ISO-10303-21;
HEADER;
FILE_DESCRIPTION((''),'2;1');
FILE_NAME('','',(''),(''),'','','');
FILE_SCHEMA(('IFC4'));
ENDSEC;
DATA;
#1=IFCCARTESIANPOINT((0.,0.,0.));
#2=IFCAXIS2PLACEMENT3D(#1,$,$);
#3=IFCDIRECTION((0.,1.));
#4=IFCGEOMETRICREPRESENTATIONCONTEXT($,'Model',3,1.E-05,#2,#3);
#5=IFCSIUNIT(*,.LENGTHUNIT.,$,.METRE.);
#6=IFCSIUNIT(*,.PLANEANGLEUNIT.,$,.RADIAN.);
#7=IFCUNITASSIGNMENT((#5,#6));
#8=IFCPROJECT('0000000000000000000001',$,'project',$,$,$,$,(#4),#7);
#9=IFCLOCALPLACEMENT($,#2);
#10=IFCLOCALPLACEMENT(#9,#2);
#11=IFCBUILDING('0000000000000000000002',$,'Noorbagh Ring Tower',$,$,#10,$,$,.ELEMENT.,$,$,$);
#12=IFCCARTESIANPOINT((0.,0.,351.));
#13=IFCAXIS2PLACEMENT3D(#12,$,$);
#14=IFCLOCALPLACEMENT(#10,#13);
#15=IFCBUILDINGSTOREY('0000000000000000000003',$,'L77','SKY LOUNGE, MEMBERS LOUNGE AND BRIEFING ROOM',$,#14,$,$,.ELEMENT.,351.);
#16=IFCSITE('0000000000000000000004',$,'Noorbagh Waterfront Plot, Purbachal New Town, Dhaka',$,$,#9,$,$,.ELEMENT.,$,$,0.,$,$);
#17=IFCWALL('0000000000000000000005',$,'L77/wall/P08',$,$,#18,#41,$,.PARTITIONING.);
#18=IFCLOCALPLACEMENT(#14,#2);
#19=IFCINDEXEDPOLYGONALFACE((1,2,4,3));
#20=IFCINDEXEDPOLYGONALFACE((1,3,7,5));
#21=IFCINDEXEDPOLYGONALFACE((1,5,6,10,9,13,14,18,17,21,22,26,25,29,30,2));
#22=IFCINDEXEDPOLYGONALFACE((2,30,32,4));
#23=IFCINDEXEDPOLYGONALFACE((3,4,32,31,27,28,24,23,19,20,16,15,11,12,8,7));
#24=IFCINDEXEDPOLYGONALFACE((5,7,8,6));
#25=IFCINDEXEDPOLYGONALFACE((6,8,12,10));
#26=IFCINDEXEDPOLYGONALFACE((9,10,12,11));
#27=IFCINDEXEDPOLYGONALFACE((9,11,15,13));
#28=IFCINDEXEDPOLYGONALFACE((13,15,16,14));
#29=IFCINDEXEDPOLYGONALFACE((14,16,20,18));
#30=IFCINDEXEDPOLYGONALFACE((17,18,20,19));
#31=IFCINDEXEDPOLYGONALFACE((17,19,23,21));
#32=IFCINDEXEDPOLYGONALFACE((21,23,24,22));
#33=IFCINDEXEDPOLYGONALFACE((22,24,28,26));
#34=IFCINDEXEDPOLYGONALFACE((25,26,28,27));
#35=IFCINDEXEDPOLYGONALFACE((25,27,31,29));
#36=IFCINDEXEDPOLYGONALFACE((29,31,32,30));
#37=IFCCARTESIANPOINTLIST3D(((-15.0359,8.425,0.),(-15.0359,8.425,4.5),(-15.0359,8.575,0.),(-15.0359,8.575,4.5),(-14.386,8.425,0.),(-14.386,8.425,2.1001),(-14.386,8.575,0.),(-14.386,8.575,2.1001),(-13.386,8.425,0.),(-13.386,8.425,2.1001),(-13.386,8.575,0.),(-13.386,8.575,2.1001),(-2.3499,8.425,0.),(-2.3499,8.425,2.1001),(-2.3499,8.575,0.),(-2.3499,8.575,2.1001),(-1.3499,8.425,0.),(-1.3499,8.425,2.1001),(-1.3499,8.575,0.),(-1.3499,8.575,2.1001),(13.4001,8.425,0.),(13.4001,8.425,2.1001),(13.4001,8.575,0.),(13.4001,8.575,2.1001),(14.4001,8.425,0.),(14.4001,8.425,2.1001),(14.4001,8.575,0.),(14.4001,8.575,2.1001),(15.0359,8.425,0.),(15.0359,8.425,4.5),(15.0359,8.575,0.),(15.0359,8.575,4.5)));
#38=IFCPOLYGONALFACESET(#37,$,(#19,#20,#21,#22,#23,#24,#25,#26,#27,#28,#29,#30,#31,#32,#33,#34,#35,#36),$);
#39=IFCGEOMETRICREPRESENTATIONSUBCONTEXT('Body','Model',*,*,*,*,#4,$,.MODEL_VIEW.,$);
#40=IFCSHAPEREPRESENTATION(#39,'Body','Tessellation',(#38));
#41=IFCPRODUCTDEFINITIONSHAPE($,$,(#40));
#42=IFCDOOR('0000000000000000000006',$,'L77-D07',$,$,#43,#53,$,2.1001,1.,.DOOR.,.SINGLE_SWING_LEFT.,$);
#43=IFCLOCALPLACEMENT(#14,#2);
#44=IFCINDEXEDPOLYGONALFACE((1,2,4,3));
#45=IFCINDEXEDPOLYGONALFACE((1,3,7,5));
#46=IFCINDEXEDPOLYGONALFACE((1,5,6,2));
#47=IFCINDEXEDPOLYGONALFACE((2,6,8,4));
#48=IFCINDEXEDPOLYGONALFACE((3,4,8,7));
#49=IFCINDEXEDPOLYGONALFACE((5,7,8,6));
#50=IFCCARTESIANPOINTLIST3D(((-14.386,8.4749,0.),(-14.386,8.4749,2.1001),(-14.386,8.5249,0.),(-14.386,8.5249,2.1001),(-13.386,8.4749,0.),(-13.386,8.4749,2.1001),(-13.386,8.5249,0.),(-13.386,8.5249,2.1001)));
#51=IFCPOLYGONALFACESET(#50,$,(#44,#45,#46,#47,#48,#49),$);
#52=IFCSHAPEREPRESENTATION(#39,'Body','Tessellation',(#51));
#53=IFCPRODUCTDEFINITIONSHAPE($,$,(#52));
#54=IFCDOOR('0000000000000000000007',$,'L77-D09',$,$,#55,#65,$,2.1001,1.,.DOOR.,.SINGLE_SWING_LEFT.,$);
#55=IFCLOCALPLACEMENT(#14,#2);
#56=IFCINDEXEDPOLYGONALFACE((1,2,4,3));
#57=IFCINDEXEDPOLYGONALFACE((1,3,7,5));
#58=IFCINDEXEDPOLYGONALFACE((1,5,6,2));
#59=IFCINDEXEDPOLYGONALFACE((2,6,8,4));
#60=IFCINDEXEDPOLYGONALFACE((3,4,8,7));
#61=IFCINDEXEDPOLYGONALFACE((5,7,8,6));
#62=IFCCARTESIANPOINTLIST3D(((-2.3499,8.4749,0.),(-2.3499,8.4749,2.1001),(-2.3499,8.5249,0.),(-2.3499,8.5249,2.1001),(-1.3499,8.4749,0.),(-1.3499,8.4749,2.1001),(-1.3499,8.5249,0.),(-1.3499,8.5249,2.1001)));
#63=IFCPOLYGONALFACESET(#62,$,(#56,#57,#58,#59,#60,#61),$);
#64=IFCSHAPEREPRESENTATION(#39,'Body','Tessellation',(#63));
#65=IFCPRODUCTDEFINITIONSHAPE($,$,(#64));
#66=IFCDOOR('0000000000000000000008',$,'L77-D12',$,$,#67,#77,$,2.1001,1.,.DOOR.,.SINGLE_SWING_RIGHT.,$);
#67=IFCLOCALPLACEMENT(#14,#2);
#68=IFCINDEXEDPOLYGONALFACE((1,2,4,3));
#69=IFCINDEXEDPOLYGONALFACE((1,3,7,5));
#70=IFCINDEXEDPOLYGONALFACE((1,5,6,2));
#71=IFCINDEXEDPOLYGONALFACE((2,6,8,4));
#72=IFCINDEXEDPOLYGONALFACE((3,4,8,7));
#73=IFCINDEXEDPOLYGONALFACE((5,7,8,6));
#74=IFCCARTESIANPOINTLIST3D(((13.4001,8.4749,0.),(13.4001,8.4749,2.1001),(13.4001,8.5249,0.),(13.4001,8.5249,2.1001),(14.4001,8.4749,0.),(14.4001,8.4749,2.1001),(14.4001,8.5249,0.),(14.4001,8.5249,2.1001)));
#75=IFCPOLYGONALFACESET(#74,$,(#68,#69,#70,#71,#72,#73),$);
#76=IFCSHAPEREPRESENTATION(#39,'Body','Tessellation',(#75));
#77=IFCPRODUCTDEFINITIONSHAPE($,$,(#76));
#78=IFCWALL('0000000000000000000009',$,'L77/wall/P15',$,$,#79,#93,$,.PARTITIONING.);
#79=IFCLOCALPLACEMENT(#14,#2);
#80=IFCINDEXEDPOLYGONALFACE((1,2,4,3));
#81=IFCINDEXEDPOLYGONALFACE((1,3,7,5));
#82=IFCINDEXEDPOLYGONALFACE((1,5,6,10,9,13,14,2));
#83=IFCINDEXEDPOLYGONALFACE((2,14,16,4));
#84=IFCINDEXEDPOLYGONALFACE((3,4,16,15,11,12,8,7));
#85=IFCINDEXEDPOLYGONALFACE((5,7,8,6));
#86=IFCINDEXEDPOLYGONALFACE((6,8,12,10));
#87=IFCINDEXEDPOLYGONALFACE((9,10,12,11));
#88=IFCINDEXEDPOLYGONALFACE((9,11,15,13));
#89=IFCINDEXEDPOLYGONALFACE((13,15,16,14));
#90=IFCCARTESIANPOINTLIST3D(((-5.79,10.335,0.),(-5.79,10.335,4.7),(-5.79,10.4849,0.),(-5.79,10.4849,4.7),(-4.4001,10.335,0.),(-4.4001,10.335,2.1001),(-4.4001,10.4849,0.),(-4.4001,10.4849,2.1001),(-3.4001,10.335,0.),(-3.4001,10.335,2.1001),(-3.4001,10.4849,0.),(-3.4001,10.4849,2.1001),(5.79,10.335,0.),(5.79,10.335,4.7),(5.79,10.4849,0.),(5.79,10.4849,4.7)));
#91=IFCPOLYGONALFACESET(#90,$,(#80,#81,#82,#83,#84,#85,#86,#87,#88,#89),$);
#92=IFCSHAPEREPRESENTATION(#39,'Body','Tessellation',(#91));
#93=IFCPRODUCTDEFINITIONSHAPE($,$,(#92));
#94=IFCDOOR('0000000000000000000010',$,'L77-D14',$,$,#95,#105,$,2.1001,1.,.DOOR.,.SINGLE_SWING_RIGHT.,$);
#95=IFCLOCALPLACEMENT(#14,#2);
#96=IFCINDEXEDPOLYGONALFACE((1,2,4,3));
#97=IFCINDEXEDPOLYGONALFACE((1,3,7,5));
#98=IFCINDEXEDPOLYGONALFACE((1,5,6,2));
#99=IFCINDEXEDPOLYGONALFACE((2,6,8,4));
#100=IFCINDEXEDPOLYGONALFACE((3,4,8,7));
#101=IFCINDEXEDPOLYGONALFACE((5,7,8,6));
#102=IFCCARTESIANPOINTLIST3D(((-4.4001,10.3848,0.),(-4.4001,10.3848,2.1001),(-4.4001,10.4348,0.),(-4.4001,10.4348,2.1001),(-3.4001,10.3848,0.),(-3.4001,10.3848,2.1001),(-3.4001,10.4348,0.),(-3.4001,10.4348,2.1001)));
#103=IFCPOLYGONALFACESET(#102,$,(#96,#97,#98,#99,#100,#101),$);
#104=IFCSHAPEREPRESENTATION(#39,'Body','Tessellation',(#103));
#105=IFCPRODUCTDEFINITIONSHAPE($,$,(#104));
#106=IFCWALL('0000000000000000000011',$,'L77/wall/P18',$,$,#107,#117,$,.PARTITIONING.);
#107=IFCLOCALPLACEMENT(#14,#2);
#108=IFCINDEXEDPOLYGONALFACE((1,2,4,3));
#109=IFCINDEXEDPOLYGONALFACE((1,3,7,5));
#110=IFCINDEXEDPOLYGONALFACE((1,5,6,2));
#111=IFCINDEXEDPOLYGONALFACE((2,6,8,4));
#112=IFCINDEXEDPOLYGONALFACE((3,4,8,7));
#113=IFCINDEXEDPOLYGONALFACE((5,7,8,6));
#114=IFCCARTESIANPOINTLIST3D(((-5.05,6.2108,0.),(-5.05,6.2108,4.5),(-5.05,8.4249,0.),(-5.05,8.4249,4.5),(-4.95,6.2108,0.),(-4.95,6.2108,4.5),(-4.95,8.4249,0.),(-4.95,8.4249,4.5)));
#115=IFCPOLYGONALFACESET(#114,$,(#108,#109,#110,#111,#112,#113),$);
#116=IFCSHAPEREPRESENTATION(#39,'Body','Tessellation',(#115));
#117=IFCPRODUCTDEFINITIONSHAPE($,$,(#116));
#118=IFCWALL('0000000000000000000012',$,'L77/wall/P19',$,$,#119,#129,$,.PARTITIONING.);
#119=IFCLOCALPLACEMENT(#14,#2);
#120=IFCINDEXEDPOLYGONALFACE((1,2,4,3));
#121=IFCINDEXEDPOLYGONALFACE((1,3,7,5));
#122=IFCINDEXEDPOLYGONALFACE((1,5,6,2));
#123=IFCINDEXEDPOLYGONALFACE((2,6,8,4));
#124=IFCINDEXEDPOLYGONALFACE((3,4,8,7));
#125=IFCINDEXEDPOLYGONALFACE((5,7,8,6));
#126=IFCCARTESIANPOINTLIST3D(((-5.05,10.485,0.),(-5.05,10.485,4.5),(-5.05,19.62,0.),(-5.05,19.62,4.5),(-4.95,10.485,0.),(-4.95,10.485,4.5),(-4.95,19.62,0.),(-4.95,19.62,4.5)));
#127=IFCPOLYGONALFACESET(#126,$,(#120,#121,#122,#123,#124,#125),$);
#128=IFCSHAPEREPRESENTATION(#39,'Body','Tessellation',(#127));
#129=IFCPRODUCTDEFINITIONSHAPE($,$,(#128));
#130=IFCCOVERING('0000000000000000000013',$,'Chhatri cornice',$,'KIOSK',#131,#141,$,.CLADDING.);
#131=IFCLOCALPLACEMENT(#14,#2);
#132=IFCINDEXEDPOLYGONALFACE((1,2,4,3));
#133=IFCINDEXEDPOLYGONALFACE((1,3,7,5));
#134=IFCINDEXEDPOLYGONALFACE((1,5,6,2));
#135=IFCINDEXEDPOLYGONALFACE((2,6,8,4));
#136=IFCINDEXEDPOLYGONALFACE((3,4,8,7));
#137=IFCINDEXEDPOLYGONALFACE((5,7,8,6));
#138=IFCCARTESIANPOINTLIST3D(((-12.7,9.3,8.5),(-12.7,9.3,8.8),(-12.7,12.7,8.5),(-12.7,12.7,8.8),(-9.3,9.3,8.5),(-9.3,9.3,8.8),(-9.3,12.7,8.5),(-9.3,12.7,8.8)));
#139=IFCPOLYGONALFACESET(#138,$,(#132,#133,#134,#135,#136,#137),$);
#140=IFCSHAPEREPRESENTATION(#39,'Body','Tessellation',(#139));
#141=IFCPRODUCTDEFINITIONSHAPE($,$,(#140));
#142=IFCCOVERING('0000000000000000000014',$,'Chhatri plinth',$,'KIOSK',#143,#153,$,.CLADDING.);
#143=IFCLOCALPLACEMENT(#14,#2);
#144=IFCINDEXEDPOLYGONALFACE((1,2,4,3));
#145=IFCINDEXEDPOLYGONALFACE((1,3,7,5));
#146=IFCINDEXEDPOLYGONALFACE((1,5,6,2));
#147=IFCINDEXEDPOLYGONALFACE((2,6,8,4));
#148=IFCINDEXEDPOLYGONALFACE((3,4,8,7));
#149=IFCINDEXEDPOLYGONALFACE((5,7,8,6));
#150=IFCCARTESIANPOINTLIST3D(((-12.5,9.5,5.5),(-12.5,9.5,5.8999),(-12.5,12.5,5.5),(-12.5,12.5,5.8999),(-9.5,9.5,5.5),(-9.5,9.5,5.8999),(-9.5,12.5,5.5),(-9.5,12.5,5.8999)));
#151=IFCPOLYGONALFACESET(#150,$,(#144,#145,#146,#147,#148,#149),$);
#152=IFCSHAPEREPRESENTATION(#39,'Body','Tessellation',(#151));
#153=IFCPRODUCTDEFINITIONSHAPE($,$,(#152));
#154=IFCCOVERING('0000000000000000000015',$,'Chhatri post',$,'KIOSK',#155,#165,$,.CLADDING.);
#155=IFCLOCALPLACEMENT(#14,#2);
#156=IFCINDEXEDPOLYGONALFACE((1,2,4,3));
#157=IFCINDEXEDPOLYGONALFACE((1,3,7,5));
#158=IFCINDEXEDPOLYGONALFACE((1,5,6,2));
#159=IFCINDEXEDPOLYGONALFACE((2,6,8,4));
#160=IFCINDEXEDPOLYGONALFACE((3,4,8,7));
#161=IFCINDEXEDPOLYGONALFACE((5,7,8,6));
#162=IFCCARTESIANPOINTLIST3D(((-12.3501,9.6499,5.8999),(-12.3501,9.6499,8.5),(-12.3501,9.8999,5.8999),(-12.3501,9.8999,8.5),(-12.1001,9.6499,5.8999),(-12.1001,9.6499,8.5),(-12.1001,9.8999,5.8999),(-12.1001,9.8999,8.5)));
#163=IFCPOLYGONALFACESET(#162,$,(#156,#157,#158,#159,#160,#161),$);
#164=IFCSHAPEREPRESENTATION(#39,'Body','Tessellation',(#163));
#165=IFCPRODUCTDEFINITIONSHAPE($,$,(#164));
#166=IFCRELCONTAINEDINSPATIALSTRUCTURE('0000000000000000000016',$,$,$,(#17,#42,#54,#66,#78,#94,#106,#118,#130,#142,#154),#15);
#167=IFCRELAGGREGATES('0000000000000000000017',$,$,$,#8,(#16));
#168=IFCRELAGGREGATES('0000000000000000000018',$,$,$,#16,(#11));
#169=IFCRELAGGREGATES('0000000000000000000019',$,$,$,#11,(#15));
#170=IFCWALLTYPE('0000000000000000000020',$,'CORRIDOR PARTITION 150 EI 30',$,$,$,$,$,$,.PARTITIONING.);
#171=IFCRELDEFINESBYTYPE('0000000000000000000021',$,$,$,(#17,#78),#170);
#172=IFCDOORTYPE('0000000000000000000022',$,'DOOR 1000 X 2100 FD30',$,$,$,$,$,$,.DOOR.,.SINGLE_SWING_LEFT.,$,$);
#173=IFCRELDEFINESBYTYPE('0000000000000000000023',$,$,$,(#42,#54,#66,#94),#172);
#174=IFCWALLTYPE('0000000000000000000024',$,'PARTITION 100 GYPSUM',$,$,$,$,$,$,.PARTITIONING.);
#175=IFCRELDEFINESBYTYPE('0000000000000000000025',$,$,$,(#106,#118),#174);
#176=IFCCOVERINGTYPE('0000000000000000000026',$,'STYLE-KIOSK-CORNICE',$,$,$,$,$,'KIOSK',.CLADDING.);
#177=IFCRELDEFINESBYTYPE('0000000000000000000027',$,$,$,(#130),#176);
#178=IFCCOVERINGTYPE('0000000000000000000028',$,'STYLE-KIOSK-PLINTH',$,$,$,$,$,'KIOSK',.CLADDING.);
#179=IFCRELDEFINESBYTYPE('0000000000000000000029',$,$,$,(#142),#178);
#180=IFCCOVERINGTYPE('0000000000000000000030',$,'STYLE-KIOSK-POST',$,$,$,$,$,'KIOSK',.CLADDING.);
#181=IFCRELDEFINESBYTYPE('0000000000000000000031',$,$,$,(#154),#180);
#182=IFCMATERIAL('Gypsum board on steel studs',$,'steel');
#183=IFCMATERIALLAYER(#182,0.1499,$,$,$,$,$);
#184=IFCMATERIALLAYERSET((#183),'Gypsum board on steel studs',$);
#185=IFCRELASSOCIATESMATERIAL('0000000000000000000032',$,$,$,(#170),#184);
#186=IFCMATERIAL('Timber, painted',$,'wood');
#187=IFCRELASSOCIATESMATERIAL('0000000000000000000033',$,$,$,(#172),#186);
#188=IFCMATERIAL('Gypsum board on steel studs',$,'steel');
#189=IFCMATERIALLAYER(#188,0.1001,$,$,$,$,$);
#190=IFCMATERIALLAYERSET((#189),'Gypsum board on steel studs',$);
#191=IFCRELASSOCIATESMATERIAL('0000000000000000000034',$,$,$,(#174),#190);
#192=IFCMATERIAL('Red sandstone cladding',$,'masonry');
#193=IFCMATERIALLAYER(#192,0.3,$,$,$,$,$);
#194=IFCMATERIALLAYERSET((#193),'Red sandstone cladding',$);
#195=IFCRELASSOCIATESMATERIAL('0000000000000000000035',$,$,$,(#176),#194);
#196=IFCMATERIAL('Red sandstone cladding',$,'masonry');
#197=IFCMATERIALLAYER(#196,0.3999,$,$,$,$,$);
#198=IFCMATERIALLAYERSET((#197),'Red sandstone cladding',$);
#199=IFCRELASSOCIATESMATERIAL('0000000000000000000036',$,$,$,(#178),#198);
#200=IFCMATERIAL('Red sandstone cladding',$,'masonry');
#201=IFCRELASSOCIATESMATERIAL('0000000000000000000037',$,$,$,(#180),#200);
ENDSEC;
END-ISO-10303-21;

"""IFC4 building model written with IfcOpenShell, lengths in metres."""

from ifc_helpers import new_model, si_unit, direction, frame, frame_2d, origin, origin_2d, place, context, subcontext, project, spatial, rectangle, extrude, material, layer, layer_set, type_object, element, fill, save


model = new_model("IFC4")

# Units and contexts
model_context = context("Model", 3, precision=1e-05, world=origin(), true_north=direction((0.0, 1.0)))
body_context = subcontext(model_context, "Body", "Model", "MODEL_VIEW")
ifc_project = project(units=[si_unit("LENGTHUNIT", "METRE"), si_unit("PLANEANGLEUNIT", "RADIAN")], contexts=[model_context])

# Site, building, storey
site_placement = place(None, origin())
site = spatial("IfcSite", under=ifc_project, at=site_placement, Name="Noorbagh Waterfront Plot, Purbachal New Town, Dhaka", CompositionType="ELEMENT", RefElevation=0.0)
building_placement = place(site_placement, origin())
building = spatial("IfcBuilding", under=site, at=building_placement, Name="Noorbagh Ring Tower", CompositionType="ELEMENT")
storey_placement = place(building_placement, frame((0.0, 0.0, 351.0)))
storey = spatial("IfcBuildingStorey", under=building, at=storey_placement, Name="L77", Description="SKY LOUNGE, MEMBERS LOUNGE AND BRIEFING ROOM", CompositionType="ELEMENT", Elevation=351.0)

# Wall, openings, doors
ifc_material_1 = material(Name="Gypsum board on steel studs", Category="steel")
ifc_layer_1 = layer(ifc_material_1, 0.1499)
ifc_layer_set_1 = layer_set([ifc_layer_1], Name="Gypsum board on steel studs")
wall_type_1 = type_object("IfcWallType", Name="CORRIDOR PARTITION 150 EI 30", PredefinedType="PARTITIONING", material=ifc_layer_set_1)
wall_1_placement = place(storey_placement, frame((-15.0359, 8.5, 0.0), z_axis=(0.0, 0.0, 1.0), x_axis=(1.0, 0.0, 0.0)))
wall_1 = element("IfcWall", 1, at=wall_1_placement, inside=storey, type_object=wall_type_1, Name="L77/wall/P08", PredefinedType="PARTITIONING", context=body_context, shape_type="SweptSolid", body=[
    extrude(rectangle(XDim=30.0718, YDim=0.1499, at=frame_2d((15.0359, 0.0))), origin(), (0.0, 0.0, 1.0), 4.5),
])
opening_1_placement = place(wall_1_placement, frame((0.6499, 0.0, 0.0)))
opening_1 = element("IfcOpeningElement", 2, at=opening_1_placement, cuts=wall_1, PredefinedType="OPENING", context=body_context, shape_type="SweptSolid", body=[
    extrude(rectangle(XDim=1.0, YDim=2.1001, at=frame_2d((0.5, 1.05))), frame((0.0, 0.085, 0.0), z_axis=(0.0, -1.0, 0.0), x_axis=(1.0, 0.0, 0.0)), (0.0, 0.0, 1.0), 0.1699),
])
opening_2_placement = place(wall_1_placement, frame((12.686, 0.0, 0.0)))
opening_2 = element("IfcOpeningElement", 3, at=opening_2_placement, cuts=wall_1, PredefinedType="OPENING", context=body_context, shape_type="SweptSolid", body=[
    extrude(rectangle(XDim=1.0, YDim=2.1001, at=frame_2d((0.5, 1.05))), frame((0.0, 0.085, 0.0), z_axis=(0.0, -1.0, 0.0), x_axis=(1.0, 0.0, 0.0)), (0.0, 0.0, 1.0), 0.1699),
])
opening_3_placement = place(wall_1_placement, frame((28.436, 0.0, 0.0)))
opening_3 = element("IfcOpeningElement", 4, at=opening_3_placement, cuts=wall_1, PredefinedType="OPENING", context=body_context, shape_type="SweptSolid", body=[
    extrude(rectangle(XDim=1.0, YDim=2.1001, at=frame_2d((0.5, 1.05))), frame((0.0, 0.085, 0.0), z_axis=(0.0, -1.0, 0.0), x_axis=(1.0, 0.0, 0.0)), (0.0, 0.0, 1.0), 0.1699),
])
ifc_material_2 = material(Name="Timber, painted", Category="wood")
door_type = type_object("IfcDoorType", Name="DOOR 1000 X 2100 FD30", OperationType="SINGLE_SWING_LEFT", PredefinedType="DOOR", material=ifc_material_2)
door_1_placement = place(opening_1_placement, origin())
door_1 = element("IfcDoor", 5, at=door_1_placement, inside=storey, type_object=door_type, Name="L77-D07", OperationType="SINGLE_SWING_LEFT", OverallHeight=2.1001, OverallWidth=1.0, PredefinedType="DOOR", context=body_context, shape_type="SweptSolid", body=[
    extrude(rectangle(XDim=1.0, YDim=2.1001, at=frame_2d((0.5, 1.05))), frame((0.0, 0.0249, 0.0), z_axis=(0.0, -1.0, 0.0), x_axis=(1.0, 0.0, 0.0)), (0.0, 0.0, 1.0), 0.05),
])
fill(opening_1, door_1)
door_2_placement = place(opening_2_placement, origin())
door_2 = element("IfcDoor", 6, at=door_2_placement, inside=storey, type_object=door_type, Name="L77-D09", OperationType="SINGLE_SWING_LEFT", OverallHeight=2.1001, OverallWidth=1.0, PredefinedType="DOOR", context=body_context, shape_type="SweptSolid", body=[
    extrude(rectangle(XDim=1.0, YDim=2.1001, at=frame_2d((0.5, 1.05))), frame((0.0, 0.0249, 0.0), z_axis=(0.0, -1.0, 0.0), x_axis=(1.0, 0.0, 0.0)), (0.0, 0.0, 1.0), 0.05),
])
fill(opening_2, door_2)
door_3_placement = place(opening_3_placement, origin())
door_3 = element("IfcDoor", 7, at=door_3_placement, inside=storey, type_object=door_type, Name="L77-D12", OperationType="SINGLE_SWING_RIGHT", OverallHeight=2.1001, OverallWidth=1.0, PredefinedType="DOOR", context=body_context, shape_type="SweptSolid", body=[
    extrude(rectangle(XDim=1.0, YDim=2.1001, at=frame_2d((0.5, 1.05))), frame((0.0, 0.0249, 0.0), z_axis=(0.0, -1.0, 0.0), x_axis=(1.0, 0.0, 0.0)), (0.0, 0.0, 1.0), 0.05),
])
fill(opening_3, door_3)

# Wall, opening, door
wall_2_placement = place(storey_placement, frame((-5.79, 10.4099, 0.0), z_axis=(0.0, 0.0, 1.0), x_axis=(1.0, 0.0, 0.0)))
wall_2 = element("IfcWall", 8, at=wall_2_placement, inside=storey, type_object=wall_type_1, Name="L77/wall/P15", PredefinedType="PARTITIONING", context=body_context, shape_type="SweptSolid", body=[
    extrude(rectangle(XDim=11.5801, YDim=0.1499, at=frame_2d((5.79, 0.0))), origin(), (0.0, 0.0, 1.0), 4.7),
])
opening_4_placement = place(wall_2_placement, frame((1.3899, 0.0, 0.0)))
opening_4 = element("IfcOpeningElement", 9, at=opening_4_placement, cuts=wall_2, PredefinedType="OPENING", context=body_context, shape_type="SweptSolid", body=[
    extrude(rectangle(XDim=1.0, YDim=2.1001, at=frame_2d((0.5, 1.05))), frame((0.0, 0.085, 0.0), z_axis=(0.0, -1.0, 0.0), x_axis=(1.0, 0.0, 0.0)), (0.0, 0.0, 1.0), 0.1699),
])
door_4_placement = place(opening_4_placement, origin())
door_4 = element("IfcDoor", 10, at=door_4_placement, inside=storey, type_object=door_type, Name="L77-D14", OperationType="SINGLE_SWING_RIGHT", OverallHeight=2.1001, OverallWidth=1.0, PredefinedType="DOOR", context=body_context, shape_type="SweptSolid", body=[
    extrude(rectangle(XDim=1.0, YDim=2.1001, at=frame_2d((0.5, 1.05))), frame((0.0, 0.0249, 0.0), z_axis=(0.0, -1.0, 0.0), x_axis=(1.0, 0.0, 0.0)), (0.0, 0.0, 1.0), 0.05),
])
fill(opening_4, door_4)

# Walls
ifc_material_3 = material(Name="Gypsum board on steel studs", Category="steel")
ifc_layer_2 = layer(ifc_material_3, 0.1001)
ifc_layer_set_2 = layer_set([ifc_layer_2], Name="Gypsum board on steel studs")
wall_type_2 = type_object("IfcWallType", Name="PARTITION 100 GYPSUM", PredefinedType="PARTITIONING", material=ifc_layer_set_2)
wall_3_placement = place(storey_placement, frame((-5.0, 6.2109, 0.0), z_axis=(0.0, 0.0, 1.0), x_axis=(0.0, 1.0, 0.0)))
element("IfcWall", 11, at=wall_3_placement, inside=storey, type_object=wall_type_2, Name="L77/wall/P18", PredefinedType="PARTITIONING", context=body_context, shape_type="SweptSolid", body=[
    extrude(rectangle(XDim=2.2141, YDim=0.1001, at=frame_2d((1.1069, 0.0))), origin(), (0.0, 0.0, 1.0), 4.5),
])
wall_4_placement = place(storey_placement, frame((-5.0, 10.4851, 0.0), z_axis=(0.0, 0.0, 1.0), x_axis=(0.0, 1.0, 0.0)))
element("IfcWall", 12, at=wall_4_placement, inside=storey, type_object=wall_type_2, Name="L77/wall/P19", PredefinedType="PARTITIONING", context=body_context, shape_type="SweptSolid", body=[
    extrude(rectangle(XDim=9.135, YDim=0.1001, at=frame_2d((4.5674, 0.0))), origin(), (0.0, 0.0, 1.0), 4.5),
])

# Coverings
ifc_material_4 = material(Name="Red sandstone cladding", Category="masonry")
ifc_layer_3 = layer(ifc_material_4, 0.3)
ifc_layer_set_3 = layer_set([ifc_layer_3], Name="Red sandstone cladding")
covering_type_1 = type_object("IfcCoveringType", Name="STYLE-KIOSK-CORNICE", ElementType="KIOSK", PredefinedType="CLADDING", material=ifc_layer_set_3)
covering_1_placement = place(storey_placement, frame((-11.0, 11.0, 8.5), z_axis=(0.0, 0.0, 1.0), x_axis=(1.0, 0.0, 0.0)))
element("IfcCovering", 13, at=covering_1_placement, inside=storey, type_object=covering_type_1, Name="Chhatri cornice", ObjectType="KIOSK", PredefinedType="CLADDING", context=body_context, shape_type="SweptSolid", body=[
    extrude(rectangle(XDim=3.3999, YDim=3.3999, at=origin_2d()), origin(), (0.0, 0.0, 1.0), 0.3),
])
ifc_material_5 = material(Name="Red sandstone cladding", Category="masonry")
ifc_layer_4 = layer(ifc_material_5, 0.3999)
ifc_layer_set_4 = layer_set([ifc_layer_4], Name="Red sandstone cladding")
covering_type_2 = type_object("IfcCoveringType", Name="STYLE-KIOSK-PLINTH", ElementType="KIOSK", PredefinedType="CLADDING", material=ifc_layer_set_4)
covering_2_placement = place(storey_placement, frame((-11.0, 11.0, 5.5), z_axis=(0.0, 0.0, 1.0), x_axis=(1.0, 0.0, 0.0)))
element("IfcCovering", 14, at=covering_2_placement, inside=storey, type_object=covering_type_2, Name="Chhatri plinth", ObjectType="KIOSK", PredefinedType="CLADDING", context=body_context, shape_type="SweptSolid", body=[
    extrude(rectangle(XDim=3.0, YDim=3.0, at=origin_2d()), origin(), (0.0, 0.0, 1.0), 0.3999),
])
ifc_material_6 = material(Name="Red sandstone cladding", Category="masonry")
covering_type_3 = type_object("IfcCoveringType", Name="STYLE-KIOSK-POST", ElementType="KIOSK", PredefinedType="CLADDING", material=ifc_material_6)
for number, where, z_axis, x_axis, name in (
    (15, (-12.2251, 9.7749, 5.8999), (0.0, 0.0, 1.0), (1.0, 0.0, 0.0), "Chhatri post"),
):
    element("IfcCovering", number, at=place(storey_placement, frame(where, z_axis=z_axis, x_axis=x_axis)), inside=storey, type_object=covering_type_3, Name=name, ObjectType="KIOSK", PredefinedType="CLADDING", context=body_context, shape_type="SweptSolid", body=[
        extrude(rectangle(XDim=0.25, YDim=0.25, at=origin_2d()), origin(), (0.0, 0.0, 1.0), 2.6001),
    ])

save(model, "model.ifc")
